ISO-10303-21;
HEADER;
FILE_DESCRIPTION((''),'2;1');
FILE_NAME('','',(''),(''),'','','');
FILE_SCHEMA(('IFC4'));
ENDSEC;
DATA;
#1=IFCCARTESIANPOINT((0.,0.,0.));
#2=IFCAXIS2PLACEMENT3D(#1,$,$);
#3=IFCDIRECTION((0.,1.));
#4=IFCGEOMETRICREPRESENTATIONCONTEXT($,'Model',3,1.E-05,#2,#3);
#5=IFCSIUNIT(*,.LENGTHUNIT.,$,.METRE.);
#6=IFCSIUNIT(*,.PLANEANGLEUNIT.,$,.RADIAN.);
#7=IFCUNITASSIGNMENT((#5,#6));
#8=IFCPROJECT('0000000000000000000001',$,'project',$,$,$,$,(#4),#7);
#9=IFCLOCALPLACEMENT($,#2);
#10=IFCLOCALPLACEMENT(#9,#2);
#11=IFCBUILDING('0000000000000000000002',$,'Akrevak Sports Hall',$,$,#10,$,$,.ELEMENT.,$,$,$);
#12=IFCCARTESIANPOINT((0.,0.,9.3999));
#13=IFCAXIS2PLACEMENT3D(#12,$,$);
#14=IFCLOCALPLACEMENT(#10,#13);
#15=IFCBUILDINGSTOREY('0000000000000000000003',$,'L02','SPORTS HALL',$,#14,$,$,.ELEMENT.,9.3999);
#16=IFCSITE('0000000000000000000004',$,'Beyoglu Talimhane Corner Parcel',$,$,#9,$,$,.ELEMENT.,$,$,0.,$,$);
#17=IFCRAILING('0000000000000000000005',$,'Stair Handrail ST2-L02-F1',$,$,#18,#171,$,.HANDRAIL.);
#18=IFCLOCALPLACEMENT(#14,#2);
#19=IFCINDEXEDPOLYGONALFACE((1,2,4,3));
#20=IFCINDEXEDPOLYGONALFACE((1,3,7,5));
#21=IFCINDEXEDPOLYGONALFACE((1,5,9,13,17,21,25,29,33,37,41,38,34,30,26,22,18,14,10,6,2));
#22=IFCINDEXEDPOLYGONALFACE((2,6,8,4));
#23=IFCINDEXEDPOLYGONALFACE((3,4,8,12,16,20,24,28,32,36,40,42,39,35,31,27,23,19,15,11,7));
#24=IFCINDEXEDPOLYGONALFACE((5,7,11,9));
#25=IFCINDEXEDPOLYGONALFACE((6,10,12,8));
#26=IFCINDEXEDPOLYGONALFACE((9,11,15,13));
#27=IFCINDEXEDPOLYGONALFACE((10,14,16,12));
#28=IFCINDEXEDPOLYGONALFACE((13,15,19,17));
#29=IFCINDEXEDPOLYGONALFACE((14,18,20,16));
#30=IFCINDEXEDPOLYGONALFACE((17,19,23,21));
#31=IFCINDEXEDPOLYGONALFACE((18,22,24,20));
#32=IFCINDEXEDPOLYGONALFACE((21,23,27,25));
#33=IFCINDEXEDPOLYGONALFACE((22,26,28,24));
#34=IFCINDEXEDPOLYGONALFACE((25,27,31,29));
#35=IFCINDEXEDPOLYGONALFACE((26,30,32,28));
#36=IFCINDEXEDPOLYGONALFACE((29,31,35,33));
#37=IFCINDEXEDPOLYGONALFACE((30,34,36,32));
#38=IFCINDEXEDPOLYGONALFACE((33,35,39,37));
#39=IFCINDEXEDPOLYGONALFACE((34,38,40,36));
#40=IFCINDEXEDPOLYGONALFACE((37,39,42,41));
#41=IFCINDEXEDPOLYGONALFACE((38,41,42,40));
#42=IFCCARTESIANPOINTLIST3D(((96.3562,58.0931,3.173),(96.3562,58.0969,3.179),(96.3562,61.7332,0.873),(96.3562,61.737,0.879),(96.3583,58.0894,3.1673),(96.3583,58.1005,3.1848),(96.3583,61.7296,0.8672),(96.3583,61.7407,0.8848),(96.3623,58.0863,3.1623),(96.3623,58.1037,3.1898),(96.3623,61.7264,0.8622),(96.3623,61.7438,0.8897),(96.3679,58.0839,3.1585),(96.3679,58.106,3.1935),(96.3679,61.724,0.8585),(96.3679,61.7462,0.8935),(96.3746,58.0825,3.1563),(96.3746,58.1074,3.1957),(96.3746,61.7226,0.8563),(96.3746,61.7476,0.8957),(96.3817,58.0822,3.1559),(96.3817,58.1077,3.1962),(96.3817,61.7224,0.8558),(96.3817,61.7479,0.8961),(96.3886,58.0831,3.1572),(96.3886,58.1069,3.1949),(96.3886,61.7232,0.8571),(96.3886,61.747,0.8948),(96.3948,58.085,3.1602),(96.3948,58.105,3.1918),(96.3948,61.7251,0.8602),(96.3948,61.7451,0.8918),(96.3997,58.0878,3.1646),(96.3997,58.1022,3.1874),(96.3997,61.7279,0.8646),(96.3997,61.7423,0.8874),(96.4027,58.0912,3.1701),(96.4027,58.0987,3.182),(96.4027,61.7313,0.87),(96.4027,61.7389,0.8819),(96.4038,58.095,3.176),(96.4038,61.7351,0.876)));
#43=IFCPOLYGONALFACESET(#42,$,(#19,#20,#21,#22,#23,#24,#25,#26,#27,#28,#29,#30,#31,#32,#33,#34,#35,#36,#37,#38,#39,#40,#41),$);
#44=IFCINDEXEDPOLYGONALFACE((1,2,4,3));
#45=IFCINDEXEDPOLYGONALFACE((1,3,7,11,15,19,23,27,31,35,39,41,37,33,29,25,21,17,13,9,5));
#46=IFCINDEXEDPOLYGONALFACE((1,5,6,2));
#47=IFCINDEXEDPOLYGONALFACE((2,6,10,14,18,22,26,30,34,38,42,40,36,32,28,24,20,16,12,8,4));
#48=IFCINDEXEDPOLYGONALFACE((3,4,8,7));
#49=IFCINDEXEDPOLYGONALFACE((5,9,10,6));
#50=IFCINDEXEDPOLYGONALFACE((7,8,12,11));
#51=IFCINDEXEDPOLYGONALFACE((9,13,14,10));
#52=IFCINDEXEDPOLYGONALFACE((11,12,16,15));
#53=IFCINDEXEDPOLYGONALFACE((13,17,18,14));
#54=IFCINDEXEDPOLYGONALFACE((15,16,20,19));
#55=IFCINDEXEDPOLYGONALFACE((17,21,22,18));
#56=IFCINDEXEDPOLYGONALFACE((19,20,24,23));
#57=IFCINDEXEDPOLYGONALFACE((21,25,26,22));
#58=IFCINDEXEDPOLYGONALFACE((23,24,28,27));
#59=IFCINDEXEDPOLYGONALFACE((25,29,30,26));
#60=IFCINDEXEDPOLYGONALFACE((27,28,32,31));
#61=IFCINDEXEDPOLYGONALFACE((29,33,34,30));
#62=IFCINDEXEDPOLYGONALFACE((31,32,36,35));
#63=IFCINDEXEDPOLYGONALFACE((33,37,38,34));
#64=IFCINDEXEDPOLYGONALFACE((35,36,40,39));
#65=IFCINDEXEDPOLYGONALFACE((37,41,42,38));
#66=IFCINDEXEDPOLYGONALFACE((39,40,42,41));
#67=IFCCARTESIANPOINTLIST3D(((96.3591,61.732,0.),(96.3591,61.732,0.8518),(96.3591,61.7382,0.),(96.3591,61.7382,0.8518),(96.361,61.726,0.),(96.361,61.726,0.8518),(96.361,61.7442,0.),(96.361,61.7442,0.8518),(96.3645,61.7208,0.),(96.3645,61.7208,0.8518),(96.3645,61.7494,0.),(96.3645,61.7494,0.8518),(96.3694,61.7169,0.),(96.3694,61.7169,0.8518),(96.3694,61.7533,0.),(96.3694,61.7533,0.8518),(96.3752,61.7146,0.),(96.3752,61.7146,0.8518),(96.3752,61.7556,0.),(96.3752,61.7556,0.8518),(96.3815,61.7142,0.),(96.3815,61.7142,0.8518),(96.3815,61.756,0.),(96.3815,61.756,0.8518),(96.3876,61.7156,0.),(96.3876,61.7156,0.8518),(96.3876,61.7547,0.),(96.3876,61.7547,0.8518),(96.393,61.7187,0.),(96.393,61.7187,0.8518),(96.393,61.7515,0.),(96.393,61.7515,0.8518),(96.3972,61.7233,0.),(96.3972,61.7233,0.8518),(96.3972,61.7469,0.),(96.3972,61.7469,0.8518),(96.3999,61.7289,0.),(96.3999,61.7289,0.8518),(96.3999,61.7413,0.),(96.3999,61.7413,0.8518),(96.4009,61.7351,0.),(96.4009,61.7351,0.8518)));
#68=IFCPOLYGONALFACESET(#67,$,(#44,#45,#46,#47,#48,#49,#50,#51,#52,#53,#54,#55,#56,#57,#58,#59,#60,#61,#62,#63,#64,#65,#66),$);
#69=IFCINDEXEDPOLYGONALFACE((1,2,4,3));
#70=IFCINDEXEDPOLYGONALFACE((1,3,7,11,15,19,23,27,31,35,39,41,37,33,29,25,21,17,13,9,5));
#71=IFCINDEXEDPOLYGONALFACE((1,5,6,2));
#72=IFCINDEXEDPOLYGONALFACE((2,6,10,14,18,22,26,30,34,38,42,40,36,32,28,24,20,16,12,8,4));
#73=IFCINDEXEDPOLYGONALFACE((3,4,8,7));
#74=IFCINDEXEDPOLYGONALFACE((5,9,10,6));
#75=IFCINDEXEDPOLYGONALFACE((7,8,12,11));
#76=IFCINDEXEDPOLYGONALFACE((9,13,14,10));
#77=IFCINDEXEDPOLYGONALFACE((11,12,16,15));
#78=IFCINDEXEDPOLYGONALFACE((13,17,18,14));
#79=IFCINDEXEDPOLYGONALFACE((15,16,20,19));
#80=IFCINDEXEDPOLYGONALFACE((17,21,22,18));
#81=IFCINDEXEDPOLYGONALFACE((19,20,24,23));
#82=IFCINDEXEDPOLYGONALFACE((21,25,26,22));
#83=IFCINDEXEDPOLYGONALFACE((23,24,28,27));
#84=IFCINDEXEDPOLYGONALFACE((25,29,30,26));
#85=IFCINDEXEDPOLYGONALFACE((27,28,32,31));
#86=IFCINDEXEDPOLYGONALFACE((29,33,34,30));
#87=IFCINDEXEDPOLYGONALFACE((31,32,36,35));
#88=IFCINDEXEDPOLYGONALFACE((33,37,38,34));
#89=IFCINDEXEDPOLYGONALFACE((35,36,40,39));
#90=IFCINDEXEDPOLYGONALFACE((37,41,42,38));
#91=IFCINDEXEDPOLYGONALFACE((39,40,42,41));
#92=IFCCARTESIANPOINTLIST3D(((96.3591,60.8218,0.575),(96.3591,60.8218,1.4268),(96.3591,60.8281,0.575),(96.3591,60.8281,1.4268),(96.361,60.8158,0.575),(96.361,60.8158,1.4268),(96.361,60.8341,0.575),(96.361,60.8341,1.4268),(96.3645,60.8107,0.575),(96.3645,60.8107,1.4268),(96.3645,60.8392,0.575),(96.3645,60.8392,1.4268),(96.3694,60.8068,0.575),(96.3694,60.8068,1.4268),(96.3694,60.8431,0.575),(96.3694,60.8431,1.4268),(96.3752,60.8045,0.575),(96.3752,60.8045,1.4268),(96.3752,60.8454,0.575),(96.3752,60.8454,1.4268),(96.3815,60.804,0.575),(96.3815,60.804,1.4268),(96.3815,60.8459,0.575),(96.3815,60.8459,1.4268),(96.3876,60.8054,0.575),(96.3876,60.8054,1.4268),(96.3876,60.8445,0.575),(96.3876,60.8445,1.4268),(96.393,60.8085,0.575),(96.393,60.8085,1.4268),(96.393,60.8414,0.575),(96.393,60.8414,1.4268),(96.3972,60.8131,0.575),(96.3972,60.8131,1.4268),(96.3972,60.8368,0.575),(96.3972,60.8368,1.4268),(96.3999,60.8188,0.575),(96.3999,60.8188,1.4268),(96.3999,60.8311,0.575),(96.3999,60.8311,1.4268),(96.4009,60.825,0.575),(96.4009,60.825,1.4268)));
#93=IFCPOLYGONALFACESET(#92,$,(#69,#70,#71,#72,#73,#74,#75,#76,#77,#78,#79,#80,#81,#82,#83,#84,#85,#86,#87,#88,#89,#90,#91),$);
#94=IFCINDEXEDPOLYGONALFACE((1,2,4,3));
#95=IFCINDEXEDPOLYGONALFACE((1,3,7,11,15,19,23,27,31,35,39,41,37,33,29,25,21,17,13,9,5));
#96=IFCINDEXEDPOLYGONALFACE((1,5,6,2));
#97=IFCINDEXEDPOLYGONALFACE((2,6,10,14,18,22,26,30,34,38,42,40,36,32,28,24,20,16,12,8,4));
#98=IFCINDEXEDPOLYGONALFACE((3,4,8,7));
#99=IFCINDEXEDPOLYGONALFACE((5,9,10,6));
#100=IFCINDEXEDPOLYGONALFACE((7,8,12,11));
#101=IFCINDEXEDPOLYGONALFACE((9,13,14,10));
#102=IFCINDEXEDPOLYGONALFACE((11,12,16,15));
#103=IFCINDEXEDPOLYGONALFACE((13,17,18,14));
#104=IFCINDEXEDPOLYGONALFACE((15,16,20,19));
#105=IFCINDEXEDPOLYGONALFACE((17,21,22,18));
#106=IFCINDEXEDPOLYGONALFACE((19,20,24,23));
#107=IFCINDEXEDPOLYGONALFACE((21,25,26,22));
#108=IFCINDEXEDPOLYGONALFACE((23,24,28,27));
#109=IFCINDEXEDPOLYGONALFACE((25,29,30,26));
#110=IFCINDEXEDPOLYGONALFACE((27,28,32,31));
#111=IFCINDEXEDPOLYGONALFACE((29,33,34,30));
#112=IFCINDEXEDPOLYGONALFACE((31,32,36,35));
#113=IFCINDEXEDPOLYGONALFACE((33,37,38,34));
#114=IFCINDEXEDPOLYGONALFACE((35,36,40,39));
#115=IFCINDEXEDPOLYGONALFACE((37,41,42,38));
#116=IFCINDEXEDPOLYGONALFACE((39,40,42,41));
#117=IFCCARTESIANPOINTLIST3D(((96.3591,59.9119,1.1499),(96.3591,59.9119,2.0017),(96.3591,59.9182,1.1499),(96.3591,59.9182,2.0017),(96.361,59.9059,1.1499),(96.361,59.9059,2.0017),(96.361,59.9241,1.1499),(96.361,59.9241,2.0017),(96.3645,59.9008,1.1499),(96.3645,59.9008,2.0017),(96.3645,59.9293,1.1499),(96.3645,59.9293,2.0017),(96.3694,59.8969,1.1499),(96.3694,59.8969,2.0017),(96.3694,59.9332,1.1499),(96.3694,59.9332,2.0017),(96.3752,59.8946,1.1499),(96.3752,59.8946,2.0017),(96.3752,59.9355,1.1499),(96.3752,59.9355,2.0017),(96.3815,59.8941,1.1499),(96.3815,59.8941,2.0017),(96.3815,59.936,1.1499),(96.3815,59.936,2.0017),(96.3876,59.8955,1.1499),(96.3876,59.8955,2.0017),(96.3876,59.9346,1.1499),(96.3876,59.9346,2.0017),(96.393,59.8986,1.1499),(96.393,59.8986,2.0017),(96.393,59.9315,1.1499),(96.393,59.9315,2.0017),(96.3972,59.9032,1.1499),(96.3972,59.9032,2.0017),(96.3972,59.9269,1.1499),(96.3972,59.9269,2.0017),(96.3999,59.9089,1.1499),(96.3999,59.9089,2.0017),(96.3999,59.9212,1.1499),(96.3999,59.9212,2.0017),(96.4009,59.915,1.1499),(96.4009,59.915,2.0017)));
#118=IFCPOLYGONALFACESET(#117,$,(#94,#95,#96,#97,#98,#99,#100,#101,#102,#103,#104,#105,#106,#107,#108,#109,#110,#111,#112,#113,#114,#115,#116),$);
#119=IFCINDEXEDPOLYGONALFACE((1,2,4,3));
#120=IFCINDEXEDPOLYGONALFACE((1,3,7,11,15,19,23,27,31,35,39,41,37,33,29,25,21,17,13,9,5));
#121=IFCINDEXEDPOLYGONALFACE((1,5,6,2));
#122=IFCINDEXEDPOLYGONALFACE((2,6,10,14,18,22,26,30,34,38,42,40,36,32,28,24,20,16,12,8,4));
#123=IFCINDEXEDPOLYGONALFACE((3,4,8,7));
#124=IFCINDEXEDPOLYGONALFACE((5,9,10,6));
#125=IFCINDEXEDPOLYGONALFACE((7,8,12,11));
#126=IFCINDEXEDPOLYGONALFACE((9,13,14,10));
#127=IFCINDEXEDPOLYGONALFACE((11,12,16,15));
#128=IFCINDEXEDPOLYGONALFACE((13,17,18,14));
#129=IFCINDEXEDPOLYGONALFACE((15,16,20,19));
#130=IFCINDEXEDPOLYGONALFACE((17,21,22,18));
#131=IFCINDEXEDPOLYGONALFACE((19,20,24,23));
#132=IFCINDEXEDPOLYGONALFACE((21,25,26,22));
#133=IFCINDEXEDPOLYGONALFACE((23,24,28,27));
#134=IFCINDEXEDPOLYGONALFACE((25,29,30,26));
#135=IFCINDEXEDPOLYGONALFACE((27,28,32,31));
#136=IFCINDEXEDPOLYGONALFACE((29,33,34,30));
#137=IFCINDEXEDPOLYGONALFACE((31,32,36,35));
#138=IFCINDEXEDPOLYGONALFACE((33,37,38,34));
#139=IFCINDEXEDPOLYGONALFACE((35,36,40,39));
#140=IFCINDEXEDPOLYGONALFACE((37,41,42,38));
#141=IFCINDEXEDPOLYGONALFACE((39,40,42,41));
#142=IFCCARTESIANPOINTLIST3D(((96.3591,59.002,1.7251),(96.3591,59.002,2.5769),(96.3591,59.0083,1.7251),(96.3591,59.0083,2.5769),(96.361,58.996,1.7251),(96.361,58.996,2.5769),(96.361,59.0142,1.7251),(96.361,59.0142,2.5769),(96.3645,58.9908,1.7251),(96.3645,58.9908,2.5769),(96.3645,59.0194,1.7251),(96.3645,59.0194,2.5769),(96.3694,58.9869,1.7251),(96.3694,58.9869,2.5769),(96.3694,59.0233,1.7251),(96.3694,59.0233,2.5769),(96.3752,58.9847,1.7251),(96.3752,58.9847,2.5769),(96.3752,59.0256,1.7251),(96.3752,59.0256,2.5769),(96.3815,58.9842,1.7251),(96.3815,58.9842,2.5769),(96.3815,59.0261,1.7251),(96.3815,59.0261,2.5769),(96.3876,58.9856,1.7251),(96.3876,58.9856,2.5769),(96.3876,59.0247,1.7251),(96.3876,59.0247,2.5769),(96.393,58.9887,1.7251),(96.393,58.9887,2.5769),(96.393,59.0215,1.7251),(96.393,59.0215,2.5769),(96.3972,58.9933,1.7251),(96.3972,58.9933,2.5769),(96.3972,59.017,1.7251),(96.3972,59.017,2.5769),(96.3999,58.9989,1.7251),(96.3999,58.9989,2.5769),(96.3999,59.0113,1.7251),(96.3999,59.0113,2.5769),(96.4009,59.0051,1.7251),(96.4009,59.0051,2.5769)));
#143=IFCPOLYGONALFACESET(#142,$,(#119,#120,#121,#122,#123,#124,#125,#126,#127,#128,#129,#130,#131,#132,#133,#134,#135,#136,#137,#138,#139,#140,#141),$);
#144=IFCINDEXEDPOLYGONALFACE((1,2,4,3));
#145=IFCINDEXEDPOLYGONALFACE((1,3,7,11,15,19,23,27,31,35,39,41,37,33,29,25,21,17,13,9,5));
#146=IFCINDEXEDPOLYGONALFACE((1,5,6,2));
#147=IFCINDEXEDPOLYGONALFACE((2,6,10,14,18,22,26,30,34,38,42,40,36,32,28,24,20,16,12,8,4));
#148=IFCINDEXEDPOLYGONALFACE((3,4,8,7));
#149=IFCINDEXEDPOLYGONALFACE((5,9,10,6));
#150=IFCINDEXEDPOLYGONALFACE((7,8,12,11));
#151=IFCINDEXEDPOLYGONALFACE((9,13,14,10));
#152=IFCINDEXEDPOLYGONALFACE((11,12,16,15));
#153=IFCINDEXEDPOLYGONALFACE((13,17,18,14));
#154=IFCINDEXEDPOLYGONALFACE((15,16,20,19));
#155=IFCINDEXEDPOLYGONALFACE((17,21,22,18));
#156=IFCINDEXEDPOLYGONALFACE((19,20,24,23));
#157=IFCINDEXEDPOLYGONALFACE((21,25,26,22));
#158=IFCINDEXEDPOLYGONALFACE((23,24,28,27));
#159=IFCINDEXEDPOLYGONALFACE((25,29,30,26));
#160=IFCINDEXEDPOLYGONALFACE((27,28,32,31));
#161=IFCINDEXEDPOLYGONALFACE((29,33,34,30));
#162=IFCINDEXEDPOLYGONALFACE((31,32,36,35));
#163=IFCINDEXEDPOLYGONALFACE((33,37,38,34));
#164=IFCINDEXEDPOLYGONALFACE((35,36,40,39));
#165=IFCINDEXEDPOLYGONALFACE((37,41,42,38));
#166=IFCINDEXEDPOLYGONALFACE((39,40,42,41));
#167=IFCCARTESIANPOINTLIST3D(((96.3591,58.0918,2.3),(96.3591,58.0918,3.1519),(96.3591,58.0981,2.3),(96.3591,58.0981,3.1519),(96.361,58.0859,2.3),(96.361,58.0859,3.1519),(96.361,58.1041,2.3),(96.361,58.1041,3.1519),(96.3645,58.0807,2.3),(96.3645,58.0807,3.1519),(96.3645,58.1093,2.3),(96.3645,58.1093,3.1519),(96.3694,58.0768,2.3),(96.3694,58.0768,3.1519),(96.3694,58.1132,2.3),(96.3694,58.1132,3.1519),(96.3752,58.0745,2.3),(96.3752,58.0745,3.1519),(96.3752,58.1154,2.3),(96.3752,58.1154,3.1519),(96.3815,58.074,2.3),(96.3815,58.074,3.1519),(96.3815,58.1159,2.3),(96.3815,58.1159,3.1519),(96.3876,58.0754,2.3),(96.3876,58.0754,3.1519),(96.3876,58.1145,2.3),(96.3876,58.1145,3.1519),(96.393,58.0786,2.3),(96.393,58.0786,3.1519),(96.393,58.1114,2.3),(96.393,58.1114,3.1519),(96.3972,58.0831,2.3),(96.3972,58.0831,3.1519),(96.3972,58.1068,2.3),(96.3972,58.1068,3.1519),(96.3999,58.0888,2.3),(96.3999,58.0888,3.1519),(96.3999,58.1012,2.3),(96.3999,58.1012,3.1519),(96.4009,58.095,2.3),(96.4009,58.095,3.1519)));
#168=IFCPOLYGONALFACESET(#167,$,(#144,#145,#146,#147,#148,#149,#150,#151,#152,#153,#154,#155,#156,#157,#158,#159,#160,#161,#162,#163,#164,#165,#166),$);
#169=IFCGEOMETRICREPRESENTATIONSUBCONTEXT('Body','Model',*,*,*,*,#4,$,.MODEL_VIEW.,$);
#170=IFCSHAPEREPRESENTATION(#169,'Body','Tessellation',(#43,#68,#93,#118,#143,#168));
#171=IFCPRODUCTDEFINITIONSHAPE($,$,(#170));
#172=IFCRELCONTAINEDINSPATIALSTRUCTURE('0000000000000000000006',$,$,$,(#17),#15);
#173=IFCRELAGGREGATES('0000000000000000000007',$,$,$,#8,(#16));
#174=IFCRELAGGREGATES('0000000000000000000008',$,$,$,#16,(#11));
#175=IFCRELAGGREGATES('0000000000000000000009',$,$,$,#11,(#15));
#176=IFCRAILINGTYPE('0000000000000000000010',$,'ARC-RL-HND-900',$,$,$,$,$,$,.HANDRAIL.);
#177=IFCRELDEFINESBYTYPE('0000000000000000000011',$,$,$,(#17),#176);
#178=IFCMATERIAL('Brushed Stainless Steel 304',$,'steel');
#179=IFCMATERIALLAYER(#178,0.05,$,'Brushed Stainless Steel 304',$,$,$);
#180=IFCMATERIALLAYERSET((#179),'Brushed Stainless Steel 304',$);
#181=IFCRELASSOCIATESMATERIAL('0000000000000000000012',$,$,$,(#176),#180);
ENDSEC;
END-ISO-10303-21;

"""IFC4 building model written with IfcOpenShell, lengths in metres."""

from ifc_helpers import new_model, si_unit, direction, frame, origin, origin_2d, place, context, subcontext, project, spatial, circle, extrude, material, layer, layer_set, type_object, element, save


model = new_model("IFC4")

# Units and contexts
model_context = context("Model", 3, precision=1e-05, world=origin(), true_north=direction((0.0, 1.0)))
body_context = subcontext(model_context, "Body", "Model", "MODEL_VIEW")
ifc_project = project(units=[si_unit("LENGTHUNIT", "METRE"), si_unit("PLANEANGLEUNIT", "RADIAN")], contexts=[model_context])

# Site, building, storey
site_placement = place(None, origin())
site = spatial("IfcSite", under=ifc_project, at=site_placement, Name="Beyoglu Talimhane Corner Parcel", CompositionType="ELEMENT", RefElevation=0.0)
building_placement = place(site_placement, origin())
building = spatial("IfcBuilding", under=site, at=building_placement, Name="Akrevak Sports Hall", CompositionType="ELEMENT")
storey_placement = place(building_placement, frame((0.0, 0.0, 9.3999)))
storey = spatial("IfcBuildingStorey", under=building, at=storey_placement, Name="L02", Description="SPORTS HALL", CompositionType="ELEMENT", Elevation=9.3999)

# Railing
ifc_material_1 = material(Name="Brushed Stainless Steel 304", Category="steel")
ifc_layer_1 = layer(ifc_material_1, 0.05, Name="Brushed Stainless Steel 304")
ifc_layer_set_1 = layer_set([ifc_layer_1], Name="Brushed Stainless Steel 304")
railing_type_1 = type_object("IfcRailingType", Name="ARC-RL-HND-900", PredefinedType="HANDRAIL", material=ifc_layer_set_1)
railing_1_placement = place(storey_placement, frame((96.3799, 61.7351, 0.0)))
element("IfcRailing", 1, at=railing_1_placement, inside=storey, type_object=railing_type_1, Name="Stair Handrail ST2-L02-F1", PredefinedType="HANDRAIL", context=body_context, shape_type="SweptSolid", body=[
    extrude(circle(Radius=0.0239, at=origin_2d()), frame((0.0, 0.0, 0.876), z_axis=(0.0, -0.845382, 0.534162), x_axis=(1.0, 0.0, 0.0)), (0.0, 0.0, 1.0), 4.3059),
    extrude(circle(Radius=0.021, at=origin_2d()), origin(), (0.0, 0.0, 1.0), 0.8518),
    extrude(circle(Radius=0.021, at=origin_2d()), frame((0.0, -0.9102, 0.575)), (0.0, 0.0, 1.0), 0.8518),
    extrude(circle(Radius=0.021, at=origin_2d()), frame((0.0, -1.8201, 1.1499)), (0.0, 0.0, 1.0), 0.8518),
    extrude(circle(Radius=0.021, at=origin_2d()), frame((0.0, -2.73, 1.7251)), (0.0, 0.0, 1.0), 0.8518),
    extrude(circle(Radius=0.021, at=origin_2d()), frame((0.0, -3.6401, 2.3)), (0.0, 0.0, 1.0), 0.8518),
])

save(model, "model.ifc")
